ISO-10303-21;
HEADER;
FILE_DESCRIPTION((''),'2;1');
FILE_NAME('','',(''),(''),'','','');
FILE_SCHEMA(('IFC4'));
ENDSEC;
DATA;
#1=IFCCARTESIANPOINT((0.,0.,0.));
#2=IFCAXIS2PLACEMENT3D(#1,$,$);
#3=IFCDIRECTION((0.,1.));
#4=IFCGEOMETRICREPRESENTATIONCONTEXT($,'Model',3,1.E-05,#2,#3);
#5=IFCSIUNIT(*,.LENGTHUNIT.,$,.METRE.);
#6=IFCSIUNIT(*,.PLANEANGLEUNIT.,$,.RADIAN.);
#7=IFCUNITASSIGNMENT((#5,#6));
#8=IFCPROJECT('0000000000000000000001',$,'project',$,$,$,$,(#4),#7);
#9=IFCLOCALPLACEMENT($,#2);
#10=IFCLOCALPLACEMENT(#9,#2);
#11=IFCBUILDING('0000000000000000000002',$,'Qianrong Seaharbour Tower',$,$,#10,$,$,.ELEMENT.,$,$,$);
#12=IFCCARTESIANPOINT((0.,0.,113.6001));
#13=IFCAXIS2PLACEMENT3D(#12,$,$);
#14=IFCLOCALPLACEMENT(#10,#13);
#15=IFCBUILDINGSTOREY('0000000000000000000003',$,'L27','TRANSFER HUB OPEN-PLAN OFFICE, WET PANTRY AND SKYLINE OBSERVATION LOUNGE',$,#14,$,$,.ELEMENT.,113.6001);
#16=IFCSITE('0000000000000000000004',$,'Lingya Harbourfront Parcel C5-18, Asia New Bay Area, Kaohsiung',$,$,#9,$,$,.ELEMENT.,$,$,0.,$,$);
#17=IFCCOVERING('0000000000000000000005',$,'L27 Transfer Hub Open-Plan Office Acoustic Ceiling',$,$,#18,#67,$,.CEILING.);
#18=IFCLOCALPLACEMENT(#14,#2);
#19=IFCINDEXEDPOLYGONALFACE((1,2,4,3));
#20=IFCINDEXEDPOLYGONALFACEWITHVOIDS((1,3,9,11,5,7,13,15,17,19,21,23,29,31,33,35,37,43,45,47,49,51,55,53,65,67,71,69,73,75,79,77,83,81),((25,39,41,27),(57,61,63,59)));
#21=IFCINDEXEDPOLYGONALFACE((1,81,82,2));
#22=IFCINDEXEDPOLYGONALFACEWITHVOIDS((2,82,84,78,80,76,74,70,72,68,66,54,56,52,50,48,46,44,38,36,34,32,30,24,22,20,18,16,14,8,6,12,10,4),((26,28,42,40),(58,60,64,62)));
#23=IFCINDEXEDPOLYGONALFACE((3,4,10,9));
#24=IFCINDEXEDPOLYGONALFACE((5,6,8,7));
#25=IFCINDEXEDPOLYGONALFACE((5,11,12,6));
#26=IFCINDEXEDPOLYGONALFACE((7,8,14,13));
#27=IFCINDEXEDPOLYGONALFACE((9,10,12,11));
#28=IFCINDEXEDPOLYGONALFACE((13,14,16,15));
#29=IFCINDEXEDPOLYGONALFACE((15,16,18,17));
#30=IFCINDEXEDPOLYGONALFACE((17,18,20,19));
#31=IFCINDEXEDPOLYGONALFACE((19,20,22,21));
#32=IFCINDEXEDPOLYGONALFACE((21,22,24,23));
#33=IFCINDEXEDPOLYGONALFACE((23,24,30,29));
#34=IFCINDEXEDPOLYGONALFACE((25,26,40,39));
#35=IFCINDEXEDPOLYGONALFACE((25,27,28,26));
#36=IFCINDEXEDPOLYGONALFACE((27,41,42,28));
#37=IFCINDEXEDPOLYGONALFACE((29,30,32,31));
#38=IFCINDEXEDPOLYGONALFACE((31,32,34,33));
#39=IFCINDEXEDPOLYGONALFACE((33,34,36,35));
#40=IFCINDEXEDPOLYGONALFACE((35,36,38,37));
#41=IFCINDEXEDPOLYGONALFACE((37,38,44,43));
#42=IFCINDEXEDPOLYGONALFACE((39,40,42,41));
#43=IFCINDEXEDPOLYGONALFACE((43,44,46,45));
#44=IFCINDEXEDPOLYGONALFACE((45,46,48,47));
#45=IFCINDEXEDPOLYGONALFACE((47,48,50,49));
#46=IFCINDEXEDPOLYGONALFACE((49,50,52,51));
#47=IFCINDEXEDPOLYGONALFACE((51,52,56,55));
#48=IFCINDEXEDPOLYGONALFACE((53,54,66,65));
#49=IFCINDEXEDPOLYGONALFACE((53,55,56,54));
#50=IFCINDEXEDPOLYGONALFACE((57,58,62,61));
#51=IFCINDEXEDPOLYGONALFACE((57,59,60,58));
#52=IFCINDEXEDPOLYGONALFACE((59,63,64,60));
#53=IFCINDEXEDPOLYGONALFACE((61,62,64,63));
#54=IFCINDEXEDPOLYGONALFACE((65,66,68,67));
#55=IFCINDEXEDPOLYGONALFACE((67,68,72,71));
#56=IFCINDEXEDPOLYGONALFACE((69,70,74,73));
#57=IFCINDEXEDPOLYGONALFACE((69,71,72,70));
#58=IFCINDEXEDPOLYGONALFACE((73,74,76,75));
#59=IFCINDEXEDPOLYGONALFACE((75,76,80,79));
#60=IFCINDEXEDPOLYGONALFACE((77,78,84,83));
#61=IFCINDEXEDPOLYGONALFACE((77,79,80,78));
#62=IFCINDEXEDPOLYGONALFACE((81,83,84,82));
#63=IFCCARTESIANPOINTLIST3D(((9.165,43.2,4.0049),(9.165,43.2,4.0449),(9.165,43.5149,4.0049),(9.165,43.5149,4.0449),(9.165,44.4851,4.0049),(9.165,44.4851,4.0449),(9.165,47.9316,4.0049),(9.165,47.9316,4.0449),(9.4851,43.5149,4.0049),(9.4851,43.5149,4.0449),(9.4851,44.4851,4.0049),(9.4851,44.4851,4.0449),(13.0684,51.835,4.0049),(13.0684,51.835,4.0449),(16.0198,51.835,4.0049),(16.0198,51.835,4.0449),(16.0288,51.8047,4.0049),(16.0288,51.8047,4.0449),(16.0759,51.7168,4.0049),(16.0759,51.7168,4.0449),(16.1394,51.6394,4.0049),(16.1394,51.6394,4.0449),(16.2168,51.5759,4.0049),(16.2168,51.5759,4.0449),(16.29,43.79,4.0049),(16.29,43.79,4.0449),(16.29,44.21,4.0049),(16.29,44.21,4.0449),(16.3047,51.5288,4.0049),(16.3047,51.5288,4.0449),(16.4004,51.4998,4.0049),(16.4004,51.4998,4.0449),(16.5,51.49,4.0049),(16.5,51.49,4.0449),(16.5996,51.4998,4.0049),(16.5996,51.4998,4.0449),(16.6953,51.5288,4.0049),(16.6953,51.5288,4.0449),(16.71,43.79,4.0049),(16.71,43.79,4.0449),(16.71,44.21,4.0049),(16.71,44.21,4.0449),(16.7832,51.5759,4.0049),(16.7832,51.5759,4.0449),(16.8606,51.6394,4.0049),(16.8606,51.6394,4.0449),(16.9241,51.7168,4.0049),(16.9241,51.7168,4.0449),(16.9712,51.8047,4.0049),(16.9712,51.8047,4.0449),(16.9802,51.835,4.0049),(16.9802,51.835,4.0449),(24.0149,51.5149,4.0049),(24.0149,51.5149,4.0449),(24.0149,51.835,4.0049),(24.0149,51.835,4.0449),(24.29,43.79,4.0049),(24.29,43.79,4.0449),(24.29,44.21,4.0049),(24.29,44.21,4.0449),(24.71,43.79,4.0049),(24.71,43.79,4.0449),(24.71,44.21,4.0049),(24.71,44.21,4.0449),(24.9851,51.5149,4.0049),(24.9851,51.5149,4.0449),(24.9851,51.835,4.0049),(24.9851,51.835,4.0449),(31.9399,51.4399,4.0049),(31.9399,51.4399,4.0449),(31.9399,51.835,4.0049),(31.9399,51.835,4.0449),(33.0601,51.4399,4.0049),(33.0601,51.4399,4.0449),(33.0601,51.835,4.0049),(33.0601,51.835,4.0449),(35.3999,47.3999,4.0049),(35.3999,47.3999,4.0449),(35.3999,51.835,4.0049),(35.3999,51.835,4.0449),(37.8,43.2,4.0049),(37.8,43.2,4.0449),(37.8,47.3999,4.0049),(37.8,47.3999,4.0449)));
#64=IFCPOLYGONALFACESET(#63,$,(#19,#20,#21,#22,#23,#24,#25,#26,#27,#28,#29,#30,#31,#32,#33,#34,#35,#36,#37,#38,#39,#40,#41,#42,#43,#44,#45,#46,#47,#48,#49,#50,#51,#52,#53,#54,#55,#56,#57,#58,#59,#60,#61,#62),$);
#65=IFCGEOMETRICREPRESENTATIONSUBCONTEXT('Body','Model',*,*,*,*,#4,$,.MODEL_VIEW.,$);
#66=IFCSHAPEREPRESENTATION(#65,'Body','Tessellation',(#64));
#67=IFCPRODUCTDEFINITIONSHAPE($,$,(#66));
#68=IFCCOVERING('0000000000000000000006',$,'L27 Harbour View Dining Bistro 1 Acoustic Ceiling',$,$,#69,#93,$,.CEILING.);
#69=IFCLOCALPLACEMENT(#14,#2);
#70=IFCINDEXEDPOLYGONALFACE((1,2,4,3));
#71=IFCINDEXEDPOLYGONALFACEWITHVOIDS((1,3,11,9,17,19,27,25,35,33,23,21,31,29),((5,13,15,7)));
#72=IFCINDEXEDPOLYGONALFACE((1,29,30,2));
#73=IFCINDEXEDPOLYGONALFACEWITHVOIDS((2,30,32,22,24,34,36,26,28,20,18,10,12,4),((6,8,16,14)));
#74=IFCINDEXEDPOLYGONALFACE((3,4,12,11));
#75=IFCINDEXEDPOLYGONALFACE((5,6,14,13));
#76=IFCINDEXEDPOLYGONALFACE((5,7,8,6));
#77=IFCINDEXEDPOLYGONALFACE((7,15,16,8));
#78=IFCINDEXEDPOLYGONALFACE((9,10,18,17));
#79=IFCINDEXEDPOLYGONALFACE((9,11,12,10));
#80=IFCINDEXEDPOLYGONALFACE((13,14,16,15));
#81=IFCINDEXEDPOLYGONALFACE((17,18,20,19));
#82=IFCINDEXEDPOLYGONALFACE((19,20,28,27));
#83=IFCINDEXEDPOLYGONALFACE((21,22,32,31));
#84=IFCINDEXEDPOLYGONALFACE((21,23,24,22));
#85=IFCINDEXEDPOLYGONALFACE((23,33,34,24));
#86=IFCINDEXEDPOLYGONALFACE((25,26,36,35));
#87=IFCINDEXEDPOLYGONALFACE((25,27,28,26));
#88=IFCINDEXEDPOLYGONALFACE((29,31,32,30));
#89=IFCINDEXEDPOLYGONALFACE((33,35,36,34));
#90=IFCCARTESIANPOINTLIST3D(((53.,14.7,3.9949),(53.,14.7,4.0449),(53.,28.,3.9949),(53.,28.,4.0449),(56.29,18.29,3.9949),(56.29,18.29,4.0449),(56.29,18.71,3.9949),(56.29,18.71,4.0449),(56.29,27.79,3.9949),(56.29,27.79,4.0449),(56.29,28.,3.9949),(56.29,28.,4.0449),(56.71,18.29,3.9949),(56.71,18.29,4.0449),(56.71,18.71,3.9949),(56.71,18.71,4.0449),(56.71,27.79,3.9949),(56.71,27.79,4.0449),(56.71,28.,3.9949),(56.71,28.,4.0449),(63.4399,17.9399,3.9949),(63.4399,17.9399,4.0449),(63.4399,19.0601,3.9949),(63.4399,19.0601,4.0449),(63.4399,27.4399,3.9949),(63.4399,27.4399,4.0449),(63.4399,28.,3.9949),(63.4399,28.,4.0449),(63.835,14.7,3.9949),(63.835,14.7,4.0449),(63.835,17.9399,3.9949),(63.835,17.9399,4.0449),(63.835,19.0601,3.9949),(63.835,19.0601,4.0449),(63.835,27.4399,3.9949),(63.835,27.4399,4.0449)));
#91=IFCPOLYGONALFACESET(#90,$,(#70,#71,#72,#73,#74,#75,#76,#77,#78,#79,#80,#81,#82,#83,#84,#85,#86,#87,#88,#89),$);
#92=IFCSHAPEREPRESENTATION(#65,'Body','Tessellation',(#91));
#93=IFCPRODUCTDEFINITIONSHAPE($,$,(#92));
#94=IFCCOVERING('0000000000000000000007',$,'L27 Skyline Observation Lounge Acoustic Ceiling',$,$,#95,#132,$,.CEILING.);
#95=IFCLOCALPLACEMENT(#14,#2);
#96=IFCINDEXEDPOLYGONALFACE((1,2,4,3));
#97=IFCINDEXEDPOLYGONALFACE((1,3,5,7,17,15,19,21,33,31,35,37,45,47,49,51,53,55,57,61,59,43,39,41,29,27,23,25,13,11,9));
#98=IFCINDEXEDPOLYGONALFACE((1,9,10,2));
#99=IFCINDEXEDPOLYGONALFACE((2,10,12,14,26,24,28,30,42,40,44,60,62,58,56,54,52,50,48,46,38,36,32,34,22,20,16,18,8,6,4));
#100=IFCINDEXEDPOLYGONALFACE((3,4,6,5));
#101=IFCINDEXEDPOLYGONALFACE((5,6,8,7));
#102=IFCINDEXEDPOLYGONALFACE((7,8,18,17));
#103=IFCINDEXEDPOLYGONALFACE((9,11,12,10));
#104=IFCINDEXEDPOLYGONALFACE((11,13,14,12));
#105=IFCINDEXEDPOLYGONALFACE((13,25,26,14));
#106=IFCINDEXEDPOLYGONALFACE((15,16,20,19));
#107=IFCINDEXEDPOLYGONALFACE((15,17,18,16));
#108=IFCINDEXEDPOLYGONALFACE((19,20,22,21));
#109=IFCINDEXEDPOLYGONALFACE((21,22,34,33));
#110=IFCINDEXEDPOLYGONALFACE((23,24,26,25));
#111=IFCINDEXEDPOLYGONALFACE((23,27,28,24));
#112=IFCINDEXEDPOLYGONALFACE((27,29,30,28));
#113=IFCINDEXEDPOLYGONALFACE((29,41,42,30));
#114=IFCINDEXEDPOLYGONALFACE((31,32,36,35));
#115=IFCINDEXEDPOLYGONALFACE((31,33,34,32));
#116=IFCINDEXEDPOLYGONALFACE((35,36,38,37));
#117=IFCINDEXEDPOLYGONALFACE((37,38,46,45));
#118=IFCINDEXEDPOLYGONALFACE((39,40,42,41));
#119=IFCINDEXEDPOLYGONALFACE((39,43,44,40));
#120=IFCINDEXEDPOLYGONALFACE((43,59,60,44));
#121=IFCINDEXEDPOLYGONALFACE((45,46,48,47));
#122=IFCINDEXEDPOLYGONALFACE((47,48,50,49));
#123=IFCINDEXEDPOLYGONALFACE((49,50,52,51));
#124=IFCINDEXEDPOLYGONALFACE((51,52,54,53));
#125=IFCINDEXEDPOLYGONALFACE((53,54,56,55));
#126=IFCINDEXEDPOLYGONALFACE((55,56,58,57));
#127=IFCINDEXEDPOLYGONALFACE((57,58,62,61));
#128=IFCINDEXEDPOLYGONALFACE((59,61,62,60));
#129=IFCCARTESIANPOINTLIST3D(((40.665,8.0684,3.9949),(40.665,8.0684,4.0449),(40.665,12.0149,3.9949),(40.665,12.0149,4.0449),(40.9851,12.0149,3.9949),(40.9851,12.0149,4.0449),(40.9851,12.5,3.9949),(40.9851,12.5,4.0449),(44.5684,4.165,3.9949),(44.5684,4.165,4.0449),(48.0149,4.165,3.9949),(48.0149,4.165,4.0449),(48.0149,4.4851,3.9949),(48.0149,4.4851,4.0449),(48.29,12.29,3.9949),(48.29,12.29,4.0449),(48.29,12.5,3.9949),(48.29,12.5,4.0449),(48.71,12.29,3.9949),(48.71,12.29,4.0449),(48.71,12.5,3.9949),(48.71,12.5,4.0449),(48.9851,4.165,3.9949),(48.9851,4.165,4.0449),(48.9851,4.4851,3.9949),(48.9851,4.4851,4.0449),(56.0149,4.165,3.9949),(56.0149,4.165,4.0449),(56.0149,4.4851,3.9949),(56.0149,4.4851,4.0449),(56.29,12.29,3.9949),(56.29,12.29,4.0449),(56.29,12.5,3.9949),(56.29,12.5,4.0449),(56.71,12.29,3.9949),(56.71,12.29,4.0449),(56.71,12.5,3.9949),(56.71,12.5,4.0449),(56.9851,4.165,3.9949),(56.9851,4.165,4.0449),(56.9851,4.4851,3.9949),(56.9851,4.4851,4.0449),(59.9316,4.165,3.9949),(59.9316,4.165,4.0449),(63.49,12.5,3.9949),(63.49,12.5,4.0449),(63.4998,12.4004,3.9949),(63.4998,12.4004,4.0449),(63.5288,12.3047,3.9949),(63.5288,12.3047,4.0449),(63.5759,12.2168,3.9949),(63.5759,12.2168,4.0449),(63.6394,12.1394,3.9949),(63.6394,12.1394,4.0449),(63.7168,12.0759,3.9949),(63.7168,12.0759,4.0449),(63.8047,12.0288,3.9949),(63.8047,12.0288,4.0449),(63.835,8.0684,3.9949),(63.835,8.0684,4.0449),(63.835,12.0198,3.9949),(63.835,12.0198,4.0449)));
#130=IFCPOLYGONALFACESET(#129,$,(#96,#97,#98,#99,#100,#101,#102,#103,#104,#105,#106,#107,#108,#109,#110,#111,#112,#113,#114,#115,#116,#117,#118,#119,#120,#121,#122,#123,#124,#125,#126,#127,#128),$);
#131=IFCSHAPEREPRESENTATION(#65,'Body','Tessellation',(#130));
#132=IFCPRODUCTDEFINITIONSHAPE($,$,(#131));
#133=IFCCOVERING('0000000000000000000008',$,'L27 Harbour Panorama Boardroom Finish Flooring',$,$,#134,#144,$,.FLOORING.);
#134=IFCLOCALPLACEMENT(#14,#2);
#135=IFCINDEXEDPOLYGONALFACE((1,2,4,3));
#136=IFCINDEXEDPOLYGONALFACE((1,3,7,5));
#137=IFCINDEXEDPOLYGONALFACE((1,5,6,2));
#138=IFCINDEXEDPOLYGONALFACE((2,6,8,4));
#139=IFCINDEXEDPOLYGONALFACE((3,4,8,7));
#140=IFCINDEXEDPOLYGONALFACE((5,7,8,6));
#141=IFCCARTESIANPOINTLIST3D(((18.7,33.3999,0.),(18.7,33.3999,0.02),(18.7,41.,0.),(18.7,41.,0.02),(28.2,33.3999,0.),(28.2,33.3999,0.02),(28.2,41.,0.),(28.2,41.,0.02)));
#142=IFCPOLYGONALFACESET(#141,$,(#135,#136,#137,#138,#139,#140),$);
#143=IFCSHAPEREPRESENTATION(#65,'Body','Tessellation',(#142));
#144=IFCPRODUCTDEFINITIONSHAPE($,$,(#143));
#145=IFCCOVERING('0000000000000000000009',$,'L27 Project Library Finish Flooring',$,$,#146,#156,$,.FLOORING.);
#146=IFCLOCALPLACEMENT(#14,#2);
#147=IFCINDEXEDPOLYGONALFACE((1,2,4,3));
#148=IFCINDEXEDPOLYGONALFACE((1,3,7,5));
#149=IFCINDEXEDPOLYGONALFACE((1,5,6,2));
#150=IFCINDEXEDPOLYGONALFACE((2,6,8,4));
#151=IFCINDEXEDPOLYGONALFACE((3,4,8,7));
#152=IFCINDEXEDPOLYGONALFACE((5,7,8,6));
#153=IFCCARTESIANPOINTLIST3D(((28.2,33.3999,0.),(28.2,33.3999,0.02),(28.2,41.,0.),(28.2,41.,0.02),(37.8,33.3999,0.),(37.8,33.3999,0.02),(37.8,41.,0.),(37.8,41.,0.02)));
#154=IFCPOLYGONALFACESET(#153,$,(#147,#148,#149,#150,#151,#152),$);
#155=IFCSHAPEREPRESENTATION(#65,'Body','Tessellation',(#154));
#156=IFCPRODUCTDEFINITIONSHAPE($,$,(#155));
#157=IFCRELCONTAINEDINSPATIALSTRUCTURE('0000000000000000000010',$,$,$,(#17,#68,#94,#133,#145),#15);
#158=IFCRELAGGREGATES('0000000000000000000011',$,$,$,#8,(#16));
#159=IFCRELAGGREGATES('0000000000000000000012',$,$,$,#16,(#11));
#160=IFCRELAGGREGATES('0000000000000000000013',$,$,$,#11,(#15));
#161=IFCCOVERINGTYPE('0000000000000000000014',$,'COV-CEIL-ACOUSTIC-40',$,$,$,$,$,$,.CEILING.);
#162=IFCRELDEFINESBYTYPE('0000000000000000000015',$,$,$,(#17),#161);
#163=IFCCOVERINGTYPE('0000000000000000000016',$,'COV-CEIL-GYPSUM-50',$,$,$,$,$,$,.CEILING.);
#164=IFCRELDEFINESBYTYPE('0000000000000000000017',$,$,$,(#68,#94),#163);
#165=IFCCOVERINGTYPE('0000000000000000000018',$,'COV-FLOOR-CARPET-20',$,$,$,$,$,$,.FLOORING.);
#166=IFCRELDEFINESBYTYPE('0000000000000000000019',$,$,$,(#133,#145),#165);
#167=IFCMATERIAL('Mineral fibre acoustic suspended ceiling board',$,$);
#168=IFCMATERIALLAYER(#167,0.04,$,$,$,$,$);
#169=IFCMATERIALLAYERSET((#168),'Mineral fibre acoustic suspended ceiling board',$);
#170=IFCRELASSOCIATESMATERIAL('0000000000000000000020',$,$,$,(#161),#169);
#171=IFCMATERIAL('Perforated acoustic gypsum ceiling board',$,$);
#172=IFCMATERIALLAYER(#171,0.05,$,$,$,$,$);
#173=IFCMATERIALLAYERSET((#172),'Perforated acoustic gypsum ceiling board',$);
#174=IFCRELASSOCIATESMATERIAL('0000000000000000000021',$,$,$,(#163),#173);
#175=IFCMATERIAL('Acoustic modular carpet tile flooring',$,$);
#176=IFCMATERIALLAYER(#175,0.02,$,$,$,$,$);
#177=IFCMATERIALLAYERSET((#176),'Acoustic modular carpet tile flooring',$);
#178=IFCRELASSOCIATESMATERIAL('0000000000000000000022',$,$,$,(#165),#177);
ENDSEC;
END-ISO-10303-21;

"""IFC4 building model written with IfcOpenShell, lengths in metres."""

from ifc_helpers import new_model, si_unit, direction, frame, origin, place, context, subcontext, project, spatial, polyline, outline, extrude, material, layer, layer_set, type_object, element, save


model = new_model("IFC4")

# Units and contexts
model_context = context("Model", 3, precision=1e-05, world=origin(), true_north=direction((0.0, 1.0)))
body_context = subcontext(model_context, "Body", "Model", "MODEL_VIEW")
ifc_project = project(units=[si_unit("LENGTHUNIT", "METRE"), si_unit("PLANEANGLEUNIT", "RADIAN")], contexts=[model_context])

# Site, building, storey
site_placement = place(None, origin())
site = spatial("IfcSite", under=ifc_project, at=site_placement, Name="Lingya Harbourfront Parcel C5-18, Asia New Bay Area, Kaohsiung", CompositionType="ELEMENT", RefElevation=0.0)
building_placement = place(site_placement, origin())
building = spatial("IfcBuilding", under=site, at=building_placement, Name="Qianrong Seaharbour Tower", CompositionType="ELEMENT")
storey_placement = place(building_placement, frame((0.0, 0.0, 113.6001)))
storey = spatial("IfcBuildingStorey", under=building, at=storey_placement, Name="L27", Description="TRANSFER HUB OPEN-PLAN OFFICE, WET PANTRY AND SKYLINE OBSERVATION LOUNGE", CompositionType="ELEMENT", Elevation=113.6001)

# Coverings
ifc_material_1 = material(Name="Mineral fibre acoustic suspended ceiling board")
ifc_layer_1 = layer(ifc_material_1, 0.04)
ifc_layer_set_1 = layer_set([ifc_layer_1], Name="Mineral fibre acoustic suspended ceiling board")
covering_type_1 = type_object("IfcCoveringType", Name="COV-CEIL-ACOUSTIC-40", PredefinedType="CEILING", material=ifc_layer_set_1)
covering_1_placement = place(storey_placement, frame((0.0, 0.0, 4.0049)))
element("IfcCovering", 1, at=covering_1_placement, inside=storey, type_object=covering_type_1, Name="L27 Transfer Hub Open-Plan Office Acoustic Ceiling", PredefinedType="CEILING", context=body_context, shape_type="SweptSolid", body=[
    extrude(outline(polyline([(9.165, 43.5149), (9.4851, 43.5149), (9.4851, 44.4851), (9.165, 44.4851), (9.165, 47.9316), (13.0684, 51.835), (16.0198, 51.835), (16.0288, 51.8047), (16.0759, 51.7168), (16.1394, 51.6394), (16.2168, 51.5759), (16.3047, 51.5288), (16.4004, 51.4998), (16.5, 51.49), (16.5996, 51.4998), (16.6953, 51.5288), (16.7832, 51.5759), (16.8606, 51.6394), (16.9241, 51.7168), (16.9712, 51.8047), (16.9802, 51.835), (24.0149, 51.835), (24.0149, 51.5149), (24.9851, 51.5149), (24.9851, 51.835), (31.9399, 51.835), (31.9399, 51.4399), (33.0601, 51.4399), (33.0601, 51.835), (35.3999, 51.835), (35.3999, 47.3999), (37.8, 47.3999), (37.8, 43.2), (9.165, 43.2), (9.165, 43.5149)]), holes=[polyline([(24.71, 43.79), (24.71, 44.21), (24.29, 44.21), (24.29, 43.79), (24.71, 43.79)]), polyline([(16.71, 43.79), (16.71, 44.21), (16.29, 44.21), (16.29, 43.79), (16.71, 43.79)])]), origin(), (0.0, 0.0, 1.0), 0.04),
])
ifc_material_2 = material(Name="Perforated acoustic gypsum ceiling board")
ifc_layer_2 = layer(ifc_material_2, 0.05)
ifc_layer_set_2 = layer_set([ifc_layer_2], Name="Perforated acoustic gypsum ceiling board")
covering_type_2 = type_object("IfcCoveringType", Name="COV-CEIL-GYPSUM-50", PredefinedType="CEILING", material=ifc_layer_set_2)
covering_2_placement = place(storey_placement, frame((0.0, 0.0, 3.9949)))
element("IfcCovering", 2, at=covering_2_placement, inside=storey, type_object=covering_type_2, Name="L27 Harbour View Dining Bistro 1 Acoustic Ceiling", PredefinedType="CEILING", context=body_context, shape_type="SweptSolid", body=[
    extrude(outline(polyline([(56.29, 28.0), (56.29, 27.79), (56.71, 27.79), (56.71, 28.0), (63.4399, 28.0), (63.4399, 27.4399), (63.835, 27.4399), (63.835, 19.0601), (63.4399, 19.0601), (63.4399, 17.9399), (63.835, 17.9399), (63.835, 14.7), (53.0, 14.7), (53.0, 28.0), (56.29, 28.0)]), holes=[polyline([(56.29, 18.29), (56.71, 18.29), (56.71, 18.71), (56.29, 18.71), (56.29, 18.29)])]), origin(), (0.0, 0.0, 1.0), 0.05),
])
covering_3_placement = place(storey_placement, frame((0.0, 0.0, 3.9949)))
element("IfcCovering", 3, at=covering_3_placement, inside=storey, type_object=covering_type_2, Name="L27 Skyline Observation Lounge Acoustic Ceiling", PredefinedType="CEILING", context=body_context, shape_type="SweptSolid", body=[
    extrude(outline(polyline([(59.9316, 4.165), (56.9851, 4.165), (56.9851, 4.4851), (56.0149, 4.4851), (56.0149, 4.165), (48.9851, 4.165), (48.9851, 4.4851), (48.0149, 4.4851), (48.0149, 4.165), (44.5684, 4.165), (40.665, 8.0684), (40.665, 12.0149), (40.9851, 12.0149), (40.9851, 12.5), (48.29, 12.5), (48.29, 12.29), (48.71, 12.29), (48.71, 12.5), (56.29, 12.5), (56.29, 12.29), (56.71, 12.29), (56.71, 12.5), (63.49, 12.5), (63.4998, 12.4004), (63.5288, 12.3047), (63.5759, 12.2168), (63.6394, 12.1394), (63.7168, 12.0759), (63.8047, 12.0288), (63.835, 12.0198), (63.835, 8.0684), (59.9316, 4.165)])), origin(), (0.0, 0.0, 1.0), 0.05),
])
ifc_material_3 = material(Name="Acoustic modular carpet tile flooring")
ifc_layer_3 = layer(ifc_material_3, 0.02)
ifc_layer_set_3 = layer_set([ifc_layer_3], Name="Acoustic modular carpet tile flooring")
covering_type_3 = type_object("IfcCoveringType", Name="COV-FLOOR-CARPET-20", PredefinedType="FLOORING", material=ifc_layer_set_3)
covering_4_placement = place(storey_placement, origin())
element("IfcCovering", 4, at=covering_4_placement, inside=storey, type_object=covering_type_3, Name="L27 Harbour Panorama Boardroom Finish Flooring", PredefinedType="FLOORING", context=body_context, shape_type="SweptSolid", body=[
    extrude(outline(polyline([(28.2, 41.0), (28.2, 33.3999), (18.7, 33.3999), (18.7, 41.0), (28.2, 41.0)])), origin(), (0.0, 0.0, 1.0), 0.02),
])
covering_5_placement = place(storey_placement, origin())
element("IfcCovering", 5, at=covering_5_placement, inside=storey, type_object=covering_type_3, Name="L27 Project Library Finish Flooring", PredefinedType="FLOORING", context=body_context, shape_type="SweptSolid", body=[
    extrude(outline(polyline([(37.8, 41.0), (37.8, 33.3999), (28.2, 33.3999), (28.2, 41.0), (37.8, 41.0)])), origin(), (0.0, 0.0, 1.0), 0.02),
])

save(model, "model.ifc")
